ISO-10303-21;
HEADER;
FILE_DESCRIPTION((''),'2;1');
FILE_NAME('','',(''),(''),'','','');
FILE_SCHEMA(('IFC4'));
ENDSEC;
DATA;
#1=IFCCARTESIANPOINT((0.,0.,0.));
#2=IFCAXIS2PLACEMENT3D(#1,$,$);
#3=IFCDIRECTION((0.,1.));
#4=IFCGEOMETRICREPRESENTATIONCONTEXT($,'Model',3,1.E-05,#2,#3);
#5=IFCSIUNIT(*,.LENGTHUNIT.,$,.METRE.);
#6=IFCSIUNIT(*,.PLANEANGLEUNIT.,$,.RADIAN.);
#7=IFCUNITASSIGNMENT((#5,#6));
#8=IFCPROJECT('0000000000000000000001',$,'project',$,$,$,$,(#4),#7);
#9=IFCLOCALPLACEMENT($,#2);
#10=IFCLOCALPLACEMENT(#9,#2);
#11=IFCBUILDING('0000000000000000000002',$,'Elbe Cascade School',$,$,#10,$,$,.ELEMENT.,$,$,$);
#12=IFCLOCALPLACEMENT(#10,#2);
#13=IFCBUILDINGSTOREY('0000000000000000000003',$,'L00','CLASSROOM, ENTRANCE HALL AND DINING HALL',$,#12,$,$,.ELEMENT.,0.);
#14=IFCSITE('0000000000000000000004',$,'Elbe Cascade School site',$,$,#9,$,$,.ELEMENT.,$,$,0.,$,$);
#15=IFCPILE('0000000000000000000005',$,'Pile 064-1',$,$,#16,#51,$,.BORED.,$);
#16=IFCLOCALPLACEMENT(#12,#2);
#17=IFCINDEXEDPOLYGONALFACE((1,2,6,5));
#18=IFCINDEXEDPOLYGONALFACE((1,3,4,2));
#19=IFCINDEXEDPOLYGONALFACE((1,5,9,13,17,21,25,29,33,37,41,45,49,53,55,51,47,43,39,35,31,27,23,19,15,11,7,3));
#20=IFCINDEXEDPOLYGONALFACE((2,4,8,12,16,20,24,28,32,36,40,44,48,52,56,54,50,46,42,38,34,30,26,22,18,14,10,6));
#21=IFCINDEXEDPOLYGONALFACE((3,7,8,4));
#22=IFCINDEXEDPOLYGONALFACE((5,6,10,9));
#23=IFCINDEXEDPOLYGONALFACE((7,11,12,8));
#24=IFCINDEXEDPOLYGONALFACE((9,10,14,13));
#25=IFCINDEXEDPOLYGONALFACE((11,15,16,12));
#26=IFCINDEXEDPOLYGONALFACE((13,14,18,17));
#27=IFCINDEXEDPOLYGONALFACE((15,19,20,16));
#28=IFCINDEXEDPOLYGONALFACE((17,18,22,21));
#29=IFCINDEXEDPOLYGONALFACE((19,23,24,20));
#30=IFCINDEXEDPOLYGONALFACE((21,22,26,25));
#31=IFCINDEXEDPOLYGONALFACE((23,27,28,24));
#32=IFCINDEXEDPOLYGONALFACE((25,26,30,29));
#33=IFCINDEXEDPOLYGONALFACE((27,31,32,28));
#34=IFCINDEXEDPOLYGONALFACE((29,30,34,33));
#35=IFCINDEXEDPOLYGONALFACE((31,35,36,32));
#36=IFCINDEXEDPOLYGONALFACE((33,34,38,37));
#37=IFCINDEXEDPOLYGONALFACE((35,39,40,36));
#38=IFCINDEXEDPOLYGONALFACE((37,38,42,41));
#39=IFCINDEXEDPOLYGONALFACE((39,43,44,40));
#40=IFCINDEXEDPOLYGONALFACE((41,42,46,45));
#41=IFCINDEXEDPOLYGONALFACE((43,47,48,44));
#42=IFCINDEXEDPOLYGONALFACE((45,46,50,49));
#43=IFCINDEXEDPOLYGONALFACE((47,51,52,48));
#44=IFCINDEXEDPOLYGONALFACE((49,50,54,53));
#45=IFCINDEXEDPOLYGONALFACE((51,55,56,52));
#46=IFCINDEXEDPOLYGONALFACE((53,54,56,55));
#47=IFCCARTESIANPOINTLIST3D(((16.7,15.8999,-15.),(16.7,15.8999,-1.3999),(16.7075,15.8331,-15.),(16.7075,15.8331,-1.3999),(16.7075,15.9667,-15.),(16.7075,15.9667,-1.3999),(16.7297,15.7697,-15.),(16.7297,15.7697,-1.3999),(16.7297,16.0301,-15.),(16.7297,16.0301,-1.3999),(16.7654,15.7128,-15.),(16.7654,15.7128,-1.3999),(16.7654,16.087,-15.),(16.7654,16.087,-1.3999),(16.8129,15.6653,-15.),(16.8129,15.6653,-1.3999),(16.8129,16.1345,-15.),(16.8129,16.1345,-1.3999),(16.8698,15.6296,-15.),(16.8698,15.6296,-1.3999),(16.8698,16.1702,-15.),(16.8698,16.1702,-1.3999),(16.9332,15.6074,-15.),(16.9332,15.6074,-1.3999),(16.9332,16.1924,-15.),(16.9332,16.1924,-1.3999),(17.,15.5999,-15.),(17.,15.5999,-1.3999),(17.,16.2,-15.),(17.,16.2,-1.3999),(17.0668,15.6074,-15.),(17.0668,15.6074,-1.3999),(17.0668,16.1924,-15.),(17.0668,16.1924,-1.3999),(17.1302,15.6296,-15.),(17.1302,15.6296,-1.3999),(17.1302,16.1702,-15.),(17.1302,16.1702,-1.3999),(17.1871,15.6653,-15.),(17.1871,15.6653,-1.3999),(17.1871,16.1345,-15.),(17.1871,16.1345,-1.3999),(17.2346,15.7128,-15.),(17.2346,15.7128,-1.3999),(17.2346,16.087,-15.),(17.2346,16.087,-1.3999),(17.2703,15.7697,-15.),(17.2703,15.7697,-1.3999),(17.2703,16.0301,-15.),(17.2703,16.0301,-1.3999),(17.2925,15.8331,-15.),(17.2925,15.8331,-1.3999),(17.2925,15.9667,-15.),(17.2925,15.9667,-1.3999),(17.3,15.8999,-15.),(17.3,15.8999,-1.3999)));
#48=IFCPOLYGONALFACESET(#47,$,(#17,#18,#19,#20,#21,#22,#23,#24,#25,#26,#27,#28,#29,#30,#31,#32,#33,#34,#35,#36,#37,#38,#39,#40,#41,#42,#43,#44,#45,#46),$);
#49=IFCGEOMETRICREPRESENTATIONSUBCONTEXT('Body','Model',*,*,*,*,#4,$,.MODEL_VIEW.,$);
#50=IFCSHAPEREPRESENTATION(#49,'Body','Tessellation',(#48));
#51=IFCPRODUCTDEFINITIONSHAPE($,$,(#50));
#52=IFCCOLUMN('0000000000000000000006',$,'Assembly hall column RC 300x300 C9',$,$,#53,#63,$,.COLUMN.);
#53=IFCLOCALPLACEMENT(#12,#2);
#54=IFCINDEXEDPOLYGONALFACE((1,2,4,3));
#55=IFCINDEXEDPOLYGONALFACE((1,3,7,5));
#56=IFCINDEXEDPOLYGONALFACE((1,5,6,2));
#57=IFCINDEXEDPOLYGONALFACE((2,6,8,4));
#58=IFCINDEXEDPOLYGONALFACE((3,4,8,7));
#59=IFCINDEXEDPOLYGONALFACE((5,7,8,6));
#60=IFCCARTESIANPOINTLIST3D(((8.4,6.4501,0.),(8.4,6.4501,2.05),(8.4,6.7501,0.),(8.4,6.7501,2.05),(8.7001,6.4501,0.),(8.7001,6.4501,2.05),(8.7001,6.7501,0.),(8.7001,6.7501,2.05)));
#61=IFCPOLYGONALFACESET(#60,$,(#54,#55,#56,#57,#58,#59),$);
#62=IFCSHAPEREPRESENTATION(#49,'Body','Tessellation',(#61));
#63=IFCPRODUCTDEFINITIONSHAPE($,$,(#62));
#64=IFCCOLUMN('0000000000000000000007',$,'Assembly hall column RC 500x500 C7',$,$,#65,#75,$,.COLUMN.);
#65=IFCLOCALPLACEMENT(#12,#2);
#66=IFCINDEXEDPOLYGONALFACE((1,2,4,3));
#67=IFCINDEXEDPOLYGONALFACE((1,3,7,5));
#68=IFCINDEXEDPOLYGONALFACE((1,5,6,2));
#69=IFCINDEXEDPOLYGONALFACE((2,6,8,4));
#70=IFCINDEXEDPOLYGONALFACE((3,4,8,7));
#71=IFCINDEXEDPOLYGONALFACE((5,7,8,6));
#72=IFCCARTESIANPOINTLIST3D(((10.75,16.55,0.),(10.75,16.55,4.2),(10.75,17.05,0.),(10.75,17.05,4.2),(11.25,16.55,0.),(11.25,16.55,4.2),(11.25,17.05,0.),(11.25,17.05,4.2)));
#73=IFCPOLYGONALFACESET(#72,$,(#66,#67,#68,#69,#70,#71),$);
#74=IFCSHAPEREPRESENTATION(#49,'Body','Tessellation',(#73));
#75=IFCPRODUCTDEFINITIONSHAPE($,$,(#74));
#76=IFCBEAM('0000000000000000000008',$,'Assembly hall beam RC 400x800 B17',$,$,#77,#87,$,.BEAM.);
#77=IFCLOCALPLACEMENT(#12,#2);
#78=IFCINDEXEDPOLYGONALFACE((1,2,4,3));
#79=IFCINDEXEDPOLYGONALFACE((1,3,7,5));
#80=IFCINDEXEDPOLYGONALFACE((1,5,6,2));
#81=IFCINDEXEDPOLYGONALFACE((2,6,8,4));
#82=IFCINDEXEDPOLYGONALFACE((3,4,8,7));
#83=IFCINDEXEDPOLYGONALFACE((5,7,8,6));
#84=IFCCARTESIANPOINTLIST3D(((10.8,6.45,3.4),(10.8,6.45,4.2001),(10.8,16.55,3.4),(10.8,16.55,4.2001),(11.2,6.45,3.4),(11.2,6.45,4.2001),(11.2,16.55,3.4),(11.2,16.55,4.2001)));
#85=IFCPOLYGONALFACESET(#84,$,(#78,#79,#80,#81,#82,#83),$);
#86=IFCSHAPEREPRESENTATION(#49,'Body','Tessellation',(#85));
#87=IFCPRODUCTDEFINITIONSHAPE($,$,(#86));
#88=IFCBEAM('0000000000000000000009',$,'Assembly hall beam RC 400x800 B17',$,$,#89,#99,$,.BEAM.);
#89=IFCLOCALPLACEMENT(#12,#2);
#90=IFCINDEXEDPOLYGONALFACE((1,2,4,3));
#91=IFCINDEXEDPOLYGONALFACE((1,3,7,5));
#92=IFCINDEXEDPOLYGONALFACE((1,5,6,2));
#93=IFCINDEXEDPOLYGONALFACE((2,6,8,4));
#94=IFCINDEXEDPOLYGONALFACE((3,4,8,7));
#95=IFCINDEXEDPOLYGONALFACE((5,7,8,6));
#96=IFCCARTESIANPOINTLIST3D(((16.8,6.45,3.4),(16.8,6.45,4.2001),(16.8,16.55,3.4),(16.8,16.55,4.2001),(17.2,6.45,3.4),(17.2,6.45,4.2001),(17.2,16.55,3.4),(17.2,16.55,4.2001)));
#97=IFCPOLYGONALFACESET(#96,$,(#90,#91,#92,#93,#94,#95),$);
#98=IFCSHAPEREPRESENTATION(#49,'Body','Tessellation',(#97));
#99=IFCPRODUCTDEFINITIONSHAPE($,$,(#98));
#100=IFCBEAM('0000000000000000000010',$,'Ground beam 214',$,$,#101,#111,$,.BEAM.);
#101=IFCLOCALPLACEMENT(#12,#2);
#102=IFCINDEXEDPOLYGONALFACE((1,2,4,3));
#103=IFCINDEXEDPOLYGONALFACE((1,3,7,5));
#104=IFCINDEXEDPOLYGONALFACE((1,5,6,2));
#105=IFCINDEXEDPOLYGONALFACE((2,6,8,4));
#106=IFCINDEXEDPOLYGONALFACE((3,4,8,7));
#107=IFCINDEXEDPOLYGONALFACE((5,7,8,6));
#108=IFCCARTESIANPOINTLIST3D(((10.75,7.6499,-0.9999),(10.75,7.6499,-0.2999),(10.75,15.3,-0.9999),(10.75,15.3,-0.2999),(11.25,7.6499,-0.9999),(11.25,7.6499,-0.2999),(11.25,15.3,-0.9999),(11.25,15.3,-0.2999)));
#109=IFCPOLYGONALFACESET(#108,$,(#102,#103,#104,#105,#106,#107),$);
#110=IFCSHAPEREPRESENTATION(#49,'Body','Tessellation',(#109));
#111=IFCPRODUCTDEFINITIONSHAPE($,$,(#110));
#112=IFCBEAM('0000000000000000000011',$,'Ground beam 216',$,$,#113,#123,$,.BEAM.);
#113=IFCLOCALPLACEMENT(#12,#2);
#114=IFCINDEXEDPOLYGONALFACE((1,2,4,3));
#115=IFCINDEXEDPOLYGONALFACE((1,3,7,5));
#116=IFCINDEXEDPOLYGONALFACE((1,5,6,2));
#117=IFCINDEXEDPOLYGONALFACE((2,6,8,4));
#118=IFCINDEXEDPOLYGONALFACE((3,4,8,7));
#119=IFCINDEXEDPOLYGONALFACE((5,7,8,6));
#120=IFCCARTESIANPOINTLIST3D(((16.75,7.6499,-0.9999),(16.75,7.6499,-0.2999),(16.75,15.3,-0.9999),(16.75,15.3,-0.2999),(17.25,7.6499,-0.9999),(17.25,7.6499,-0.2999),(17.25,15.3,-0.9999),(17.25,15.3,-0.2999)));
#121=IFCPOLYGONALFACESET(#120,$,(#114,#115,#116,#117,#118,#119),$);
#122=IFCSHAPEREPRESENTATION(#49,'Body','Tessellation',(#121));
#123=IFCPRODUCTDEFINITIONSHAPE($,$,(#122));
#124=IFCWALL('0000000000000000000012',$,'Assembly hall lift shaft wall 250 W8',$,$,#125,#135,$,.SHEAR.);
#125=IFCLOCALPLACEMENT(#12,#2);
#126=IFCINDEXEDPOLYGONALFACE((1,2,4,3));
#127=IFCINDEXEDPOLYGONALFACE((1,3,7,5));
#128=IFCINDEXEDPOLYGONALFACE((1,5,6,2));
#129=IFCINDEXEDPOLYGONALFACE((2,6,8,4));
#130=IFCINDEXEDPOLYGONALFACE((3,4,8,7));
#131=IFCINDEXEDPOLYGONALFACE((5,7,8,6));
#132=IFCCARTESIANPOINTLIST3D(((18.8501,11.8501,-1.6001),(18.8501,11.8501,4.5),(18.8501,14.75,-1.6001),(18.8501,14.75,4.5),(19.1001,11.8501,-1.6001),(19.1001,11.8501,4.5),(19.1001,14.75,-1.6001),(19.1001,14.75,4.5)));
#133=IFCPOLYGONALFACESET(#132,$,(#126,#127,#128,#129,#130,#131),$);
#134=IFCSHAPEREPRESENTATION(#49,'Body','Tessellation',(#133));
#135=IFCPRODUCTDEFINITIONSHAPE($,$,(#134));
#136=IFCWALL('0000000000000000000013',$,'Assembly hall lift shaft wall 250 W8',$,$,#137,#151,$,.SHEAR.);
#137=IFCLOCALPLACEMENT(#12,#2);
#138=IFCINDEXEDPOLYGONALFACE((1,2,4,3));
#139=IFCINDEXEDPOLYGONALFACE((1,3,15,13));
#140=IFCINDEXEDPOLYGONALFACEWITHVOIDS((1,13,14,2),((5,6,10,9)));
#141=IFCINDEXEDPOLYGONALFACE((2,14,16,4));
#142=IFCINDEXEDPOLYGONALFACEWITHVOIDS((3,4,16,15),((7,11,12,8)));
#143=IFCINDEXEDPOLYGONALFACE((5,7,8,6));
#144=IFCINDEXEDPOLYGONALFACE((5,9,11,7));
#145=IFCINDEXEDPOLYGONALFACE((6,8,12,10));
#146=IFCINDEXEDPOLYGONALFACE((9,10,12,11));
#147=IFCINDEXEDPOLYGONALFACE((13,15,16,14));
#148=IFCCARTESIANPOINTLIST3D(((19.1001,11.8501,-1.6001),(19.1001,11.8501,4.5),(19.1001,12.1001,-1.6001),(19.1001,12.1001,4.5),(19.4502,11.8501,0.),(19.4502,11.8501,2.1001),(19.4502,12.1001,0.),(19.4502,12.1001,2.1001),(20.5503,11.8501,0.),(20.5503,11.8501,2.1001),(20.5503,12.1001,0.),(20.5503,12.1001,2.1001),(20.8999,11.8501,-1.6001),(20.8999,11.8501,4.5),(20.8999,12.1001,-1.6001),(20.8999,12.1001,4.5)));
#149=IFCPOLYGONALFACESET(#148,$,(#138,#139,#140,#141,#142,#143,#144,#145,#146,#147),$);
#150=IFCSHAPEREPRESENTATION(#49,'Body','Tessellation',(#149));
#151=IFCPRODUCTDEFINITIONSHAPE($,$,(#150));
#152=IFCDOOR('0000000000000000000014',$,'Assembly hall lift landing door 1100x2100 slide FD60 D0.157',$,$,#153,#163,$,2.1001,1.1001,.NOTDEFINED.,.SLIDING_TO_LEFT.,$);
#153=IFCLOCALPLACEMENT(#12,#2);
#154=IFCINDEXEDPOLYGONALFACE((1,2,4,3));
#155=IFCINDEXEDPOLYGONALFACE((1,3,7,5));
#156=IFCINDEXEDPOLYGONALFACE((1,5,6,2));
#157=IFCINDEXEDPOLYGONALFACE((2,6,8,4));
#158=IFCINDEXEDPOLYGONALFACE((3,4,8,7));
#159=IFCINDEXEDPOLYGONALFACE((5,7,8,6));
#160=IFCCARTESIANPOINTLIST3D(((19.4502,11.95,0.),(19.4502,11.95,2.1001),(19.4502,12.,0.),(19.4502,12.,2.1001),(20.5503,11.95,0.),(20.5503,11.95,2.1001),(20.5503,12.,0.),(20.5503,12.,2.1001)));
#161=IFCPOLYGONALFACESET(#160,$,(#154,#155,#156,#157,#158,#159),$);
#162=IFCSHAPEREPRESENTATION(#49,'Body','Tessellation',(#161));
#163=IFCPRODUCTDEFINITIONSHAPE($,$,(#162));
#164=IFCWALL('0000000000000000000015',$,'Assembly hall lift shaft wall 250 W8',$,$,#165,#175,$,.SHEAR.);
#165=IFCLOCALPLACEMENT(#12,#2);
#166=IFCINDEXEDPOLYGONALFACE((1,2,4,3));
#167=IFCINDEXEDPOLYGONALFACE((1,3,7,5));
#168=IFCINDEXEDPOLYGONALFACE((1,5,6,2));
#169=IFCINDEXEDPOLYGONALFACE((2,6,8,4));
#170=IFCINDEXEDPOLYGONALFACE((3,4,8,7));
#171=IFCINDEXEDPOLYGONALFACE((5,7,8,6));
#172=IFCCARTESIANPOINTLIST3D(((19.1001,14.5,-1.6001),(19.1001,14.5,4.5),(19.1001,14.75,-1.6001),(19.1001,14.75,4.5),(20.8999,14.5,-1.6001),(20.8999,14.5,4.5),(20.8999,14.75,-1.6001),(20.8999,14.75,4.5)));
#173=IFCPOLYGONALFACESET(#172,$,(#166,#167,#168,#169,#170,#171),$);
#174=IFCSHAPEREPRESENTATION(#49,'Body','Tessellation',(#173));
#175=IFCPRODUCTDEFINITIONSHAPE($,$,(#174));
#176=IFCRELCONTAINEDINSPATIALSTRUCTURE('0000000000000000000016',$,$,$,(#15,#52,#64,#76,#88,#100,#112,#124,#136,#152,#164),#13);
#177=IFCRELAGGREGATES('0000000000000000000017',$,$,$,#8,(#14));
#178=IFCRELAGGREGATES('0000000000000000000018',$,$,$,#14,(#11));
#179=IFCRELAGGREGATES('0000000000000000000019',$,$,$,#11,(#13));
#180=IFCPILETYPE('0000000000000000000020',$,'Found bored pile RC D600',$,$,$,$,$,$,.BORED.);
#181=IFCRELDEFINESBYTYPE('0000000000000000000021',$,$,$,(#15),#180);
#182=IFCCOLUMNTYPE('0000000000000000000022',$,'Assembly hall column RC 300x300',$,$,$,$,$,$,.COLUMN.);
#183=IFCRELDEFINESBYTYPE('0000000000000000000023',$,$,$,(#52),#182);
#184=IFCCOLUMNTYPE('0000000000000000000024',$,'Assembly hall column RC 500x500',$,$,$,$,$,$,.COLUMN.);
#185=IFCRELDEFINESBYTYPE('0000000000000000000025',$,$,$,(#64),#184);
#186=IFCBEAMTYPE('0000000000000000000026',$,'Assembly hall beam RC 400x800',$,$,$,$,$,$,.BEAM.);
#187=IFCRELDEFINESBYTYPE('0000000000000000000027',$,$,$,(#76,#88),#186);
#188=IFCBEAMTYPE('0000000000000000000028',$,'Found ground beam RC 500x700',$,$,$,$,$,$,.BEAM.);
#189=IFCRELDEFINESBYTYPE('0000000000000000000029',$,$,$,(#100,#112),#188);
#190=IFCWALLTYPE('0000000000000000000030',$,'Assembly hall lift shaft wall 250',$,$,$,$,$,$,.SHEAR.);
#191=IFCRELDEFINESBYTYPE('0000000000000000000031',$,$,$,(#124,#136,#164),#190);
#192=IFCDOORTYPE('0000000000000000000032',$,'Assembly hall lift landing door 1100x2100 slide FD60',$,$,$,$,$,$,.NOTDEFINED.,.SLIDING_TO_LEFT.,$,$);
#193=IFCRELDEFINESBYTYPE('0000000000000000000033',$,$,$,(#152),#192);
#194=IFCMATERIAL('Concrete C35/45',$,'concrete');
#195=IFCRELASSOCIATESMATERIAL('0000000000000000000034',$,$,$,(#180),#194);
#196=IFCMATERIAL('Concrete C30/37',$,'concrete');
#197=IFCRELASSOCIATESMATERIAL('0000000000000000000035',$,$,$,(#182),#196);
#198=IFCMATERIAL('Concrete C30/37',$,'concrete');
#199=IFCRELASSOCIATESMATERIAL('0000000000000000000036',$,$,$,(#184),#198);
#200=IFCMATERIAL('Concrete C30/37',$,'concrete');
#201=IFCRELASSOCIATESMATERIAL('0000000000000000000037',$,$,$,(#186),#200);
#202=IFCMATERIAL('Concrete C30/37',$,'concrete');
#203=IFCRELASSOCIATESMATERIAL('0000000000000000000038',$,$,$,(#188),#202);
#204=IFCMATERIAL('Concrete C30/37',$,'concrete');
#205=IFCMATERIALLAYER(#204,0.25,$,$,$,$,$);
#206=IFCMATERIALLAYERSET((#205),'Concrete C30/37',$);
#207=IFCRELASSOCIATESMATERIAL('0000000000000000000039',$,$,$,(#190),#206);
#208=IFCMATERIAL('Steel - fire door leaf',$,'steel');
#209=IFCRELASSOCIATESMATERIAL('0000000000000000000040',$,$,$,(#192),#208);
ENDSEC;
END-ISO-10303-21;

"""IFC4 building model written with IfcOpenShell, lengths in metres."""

from ifc_helpers import new_model, si_unit, direction, frame, frame_2d, origin, origin_2d, place, context, subcontext, project, spatial, rectangle, circle, extrude, material, layer, layer_set, material_profile, profile_set, type_object, element, fill, save


model = new_model("IFC4")

# Units and contexts
model_context = context("Model", 3, precision=1e-05, world=origin(), true_north=direction((0.0, 1.0)))
body_context = subcontext(model_context, "Body", "Model", "MODEL_VIEW")
ifc_project = project(units=[si_unit("LENGTHUNIT", "METRE"), si_unit("PLANEANGLEUNIT", "RADIAN")], contexts=[model_context])

# Site, building, storey
site_placement = place(None, origin())
site = spatial("IfcSite", under=ifc_project, at=site_placement, Name="Elbe Cascade School site", CompositionType="ELEMENT", RefElevation=0.0)
building_placement = place(site_placement, origin())
building = spatial("IfcBuilding", under=site, at=building_placement, Name="Elbe Cascade School", CompositionType="ELEMENT")
storey_placement = place(building_placement, origin())
storey = spatial("IfcBuildingStorey", under=building, at=storey_placement, Name="L00", Description="CLASSROOM, ENTRANCE HALL AND DINING HALL", CompositionType="ELEMENT", Elevation=0.0)

# Pile
ifc_material_1 = material(Name="Concrete C35/45", Category="concrete")
ifc_material_profile_1 = material_profile(ifc_material_1, circle(Radius=0.3, at=origin_2d()), Name="RC D600")
ifc_profile_set_1 = profile_set([ifc_material_profile_1], Name="Concrete C35/45")
pile_type = type_object("IfcPileType", Name="Found bored pile RC D600", PredefinedType="BORED", material=ifc_profile_set_1)
for number, where, z_axis, x_axis, name in (
    (1, (17.0, 15.8999, -1.3999), (0.0, 0.0, -1.0), (1.0, 0.0, 0.0), "Pile 064-1"),
):
    element("IfcPile", number, at=place(storey_placement, frame(where, z_axis=z_axis, x_axis=x_axis)), inside=storey, type_object=pile_type, Name=name, PredefinedType="BORED", context=body_context, shape_type="SweptSolid", body=[
        extrude(circle(Radius=0.3, at=origin_2d()), origin(), (0.0, 0.0, 1.0), 13.6001),
    ])

# Columns
ifc_material_2 = material(Name="Concrete C30/37", Category="concrete")
ifc_material_profile_2 = material_profile(ifc_material_2, rectangle(XDim=0.3, YDim=0.3, at=origin_2d()), Name="RC 300x300")
ifc_profile_set_2 = profile_set([ifc_material_profile_2], Name="Concrete C30/37")
column_type_1 = type_object("IfcColumnType", Name="Assembly hall column RC 300x300", PredefinedType="COLUMN", material=ifc_profile_set_2)
column_1_placement = place(storey_placement, frame((8.55, 6.6001, 0.0), z_axis=(0.0, 0.0, 1.0), x_axis=(1.0, 0.0, 0.0)))
element("IfcColumn", 2, at=column_1_placement, inside=storey, type_object=column_type_1, Name="Assembly hall column RC 300x300 C9", PredefinedType="COLUMN", context=body_context, shape_type="SweptSolid", body=[
    extrude(rectangle(XDim=0.3, YDim=0.3, at=origin_2d()), origin(), (0.0, 0.0, 1.0), 2.05),
])
ifc_material_3 = material(Name="Concrete C30/37", Category="concrete")
ifc_material_profile_3 = material_profile(ifc_material_3, rectangle(XDim=0.5, YDim=0.5, at=origin_2d()), Name="RC 500x500")
ifc_profile_set_3 = profile_set([ifc_material_profile_3], Name="Concrete C30/37")
column_type_2 = type_object("IfcColumnType", Name="Assembly hall column RC 500x500", PredefinedType="COLUMN", material=ifc_profile_set_3)
column_2_placement = place(storey_placement, frame((11.0, 16.8, 0.0), z_axis=(0.0, 0.0, 1.0), x_axis=(1.0, 0.0, 0.0)))
element("IfcColumn", 3, at=column_2_placement, inside=storey, type_object=column_type_2, Name="Assembly hall column RC 500x500 C7", PredefinedType="COLUMN", context=body_context, shape_type="SweptSolid", body=[
    extrude(rectangle(XDim=0.5, YDim=0.5, at=origin_2d()), origin(), (0.0, 0.0, 1.0), 4.2),
])

# Beams
ifc_material_4 = material(Name="Concrete C30/37", Category="concrete")
ifc_material_profile_4 = material_profile(ifc_material_4, rectangle(XDim=0.3999, YDim=0.8, at=origin_2d()), Name="RC 400x800")
ifc_profile_set_4 = profile_set([ifc_material_profile_4], Name="Concrete C30/37")
beam_type_1 = type_object("IfcBeamType", Name="Assembly hall beam RC 400x800", PredefinedType="BEAM", material=ifc_profile_set_4)
for number, where, z_axis, x_axis, name in (
    (4, (11.0, 6.45, 3.8), (0.0, 1.0, 0.0), (-1.0, 0.0, 0.0), "Assembly hall beam RC 400x800 B17"),
    (5, (17.0, 6.45, 3.8), (0.0, 1.0, 0.0), (-1.0, 0.0, 0.0), "Assembly hall beam RC 400x800 B17"),
):
    element("IfcBeam", number, at=place(storey_placement, frame(where, z_axis=z_axis, x_axis=x_axis)), inside=storey, type_object=beam_type_1, Name=name, PredefinedType="BEAM", context=body_context, shape_type="SweptSolid", body=[
        extrude(rectangle(XDim=0.3999, YDim=0.8, at=origin_2d()), origin(), (0.0, 0.0, 1.0), 10.1001),
    ])
ifc_material_5 = material(Name="Concrete C30/37", Category="concrete")
ifc_material_profile_5 = material_profile(ifc_material_5, rectangle(XDim=0.5, YDim=0.7, at=origin_2d()), Name="RC 500x700")
ifc_profile_set_5 = profile_set([ifc_material_profile_5], Name="Concrete C30/37")
beam_type_2 = type_object("IfcBeamType", Name="Found ground beam RC 500x700", PredefinedType="BEAM", material=ifc_profile_set_5)
for number, where, z_axis, x_axis, name in (
    (6, (11.0, 7.6499, -0.6499), (0.0, 1.0, 0.0), (-1.0, 0.0, 0.0), "Ground beam 214"),
    (7, (17.0, 7.6499, -0.6499), (0.0, 1.0, 0.0), (-1.0, 0.0, 0.0), "Ground beam 216"),
):
    element("IfcBeam", number, at=place(storey_placement, frame(where, z_axis=z_axis, x_axis=x_axis)), inside=storey, type_object=beam_type_2, Name=name, PredefinedType="BEAM", context=body_context, shape_type="SweptSolid", body=[
        extrude(rectangle(XDim=0.5, YDim=0.7, at=origin_2d()), origin(), (0.0, 0.0, 1.0), 7.6501),
    ])

# Wall
ifc_material_6 = material(Name="Concrete C30/37", Category="concrete")
ifc_layer_1 = layer(ifc_material_6, 0.25)
ifc_layer_set_1 = layer_set([ifc_layer_1], Name="Concrete C30/37")
wall_type_1 = type_object("IfcWallType", Name="Assembly hall lift shaft wall 250", PredefinedType="SHEAR", material=ifc_layer_set_1)
wall_1_placement = place(storey_placement, frame((18.9751, 11.8501, -1.6001), z_axis=(0.0, 0.0, 1.0), x_axis=(0.0, 1.0, 0.0)))
element("IfcWall", 8, at=wall_1_placement, inside=storey, type_object=wall_type_1, Name="Assembly hall lift shaft wall 250 W8", PredefinedType="SHEAR", context=body_context, shape_type="SweptSolid", body=[
    extrude(rectangle(XDim=2.8999, YDim=0.25, at=frame_2d((1.45, 0.0))), origin(), (0.0, 0.0, 1.0), 6.1001),
])

# Wall, opening, door
wall_2_placement = place(storey_placement, frame((19.1001, 11.9751, -1.6001), z_axis=(0.0, 0.0, 1.0), x_axis=(1.0, 0.0, 0.0)))
wall_2 = element("IfcWall", 9, at=wall_2_placement, inside=storey, type_object=wall_type_1, Name="Assembly hall lift shaft wall 250 W8", PredefinedType="SHEAR", context=body_context, shape_type="SweptSolid", body=[
    extrude(rectangle(XDim=1.7998, YDim=0.25, at=frame_2d((0.8999, 0.0))), origin(), (0.0, 0.0, 1.0), 6.1001),
])
opening_1_placement = place(wall_2_placement, frame((0.3501, 0.0, 1.6001)))
opening_1 = element("IfcOpeningElement", 10, at=opening_1_placement, cuts=wall_2, PredefinedType="OPENING", context=body_context, shape_type="SweptSolid", body=[
    extrude(rectangle(XDim=1.1001, YDim=2.1001, at=frame_2d((0.55, 1.05))), frame((0.0, 0.135, 0.0), z_axis=(0.0, -1.0, 0.0), x_axis=(1.0, 0.0, 0.0)), (0.0, 0.0, 1.0), 0.27),
])
ifc_material_7 = material(Name="Steel - fire door leaf", Category="steel")
door_type_1 = type_object("IfcDoorType", Name="Assembly hall lift landing door 1100x2100 slide FD60", OperationType="SLIDING_TO_LEFT", PredefinedType="NOTDEFINED", material=ifc_material_7)
door_1_placement = place(opening_1_placement, origin())
door_1 = element("IfcDoor", 11, at=door_1_placement, inside=storey, type_object=door_type_1, Name="Assembly hall lift landing door 1100x2100 slide FD60 D0.157", OperationType="SLIDING_TO_LEFT", OverallHeight=2.1001, OverallWidth=1.1001, PredefinedType="NOTDEFINED", context=body_context, shape_type="SweptSolid", body=[
    extrude(rectangle(XDim=1.1001, YDim=2.1001, at=frame_2d((0.55, 1.05))), frame((0.0, 0.0249, 0.0), z_axis=(0.0, -1.0, 0.0), x_axis=(1.0, 0.0, 0.0)), (0.0, 0.0, 1.0), 0.05),
])
fill(opening_1, door_1)

# Wall
wall_3_placement = place(storey_placement, frame((19.1001, 14.625, -1.6001), z_axis=(0.0, 0.0, 1.0), x_axis=(1.0, 0.0, 0.0)))
element("IfcWall", 12, at=wall_3_placement, inside=storey, type_object=wall_type_1, Name="Assembly hall lift shaft wall 250 W8", PredefinedType="SHEAR", context=body_context, shape_type="SweptSolid", body=[
    extrude(rectangle(XDim=1.7998, YDim=0.25, at=frame_2d((0.8999, 0.0))), origin(), (0.0, 0.0, 1.0), 6.1001),
])

save(model, "model.ifc")
